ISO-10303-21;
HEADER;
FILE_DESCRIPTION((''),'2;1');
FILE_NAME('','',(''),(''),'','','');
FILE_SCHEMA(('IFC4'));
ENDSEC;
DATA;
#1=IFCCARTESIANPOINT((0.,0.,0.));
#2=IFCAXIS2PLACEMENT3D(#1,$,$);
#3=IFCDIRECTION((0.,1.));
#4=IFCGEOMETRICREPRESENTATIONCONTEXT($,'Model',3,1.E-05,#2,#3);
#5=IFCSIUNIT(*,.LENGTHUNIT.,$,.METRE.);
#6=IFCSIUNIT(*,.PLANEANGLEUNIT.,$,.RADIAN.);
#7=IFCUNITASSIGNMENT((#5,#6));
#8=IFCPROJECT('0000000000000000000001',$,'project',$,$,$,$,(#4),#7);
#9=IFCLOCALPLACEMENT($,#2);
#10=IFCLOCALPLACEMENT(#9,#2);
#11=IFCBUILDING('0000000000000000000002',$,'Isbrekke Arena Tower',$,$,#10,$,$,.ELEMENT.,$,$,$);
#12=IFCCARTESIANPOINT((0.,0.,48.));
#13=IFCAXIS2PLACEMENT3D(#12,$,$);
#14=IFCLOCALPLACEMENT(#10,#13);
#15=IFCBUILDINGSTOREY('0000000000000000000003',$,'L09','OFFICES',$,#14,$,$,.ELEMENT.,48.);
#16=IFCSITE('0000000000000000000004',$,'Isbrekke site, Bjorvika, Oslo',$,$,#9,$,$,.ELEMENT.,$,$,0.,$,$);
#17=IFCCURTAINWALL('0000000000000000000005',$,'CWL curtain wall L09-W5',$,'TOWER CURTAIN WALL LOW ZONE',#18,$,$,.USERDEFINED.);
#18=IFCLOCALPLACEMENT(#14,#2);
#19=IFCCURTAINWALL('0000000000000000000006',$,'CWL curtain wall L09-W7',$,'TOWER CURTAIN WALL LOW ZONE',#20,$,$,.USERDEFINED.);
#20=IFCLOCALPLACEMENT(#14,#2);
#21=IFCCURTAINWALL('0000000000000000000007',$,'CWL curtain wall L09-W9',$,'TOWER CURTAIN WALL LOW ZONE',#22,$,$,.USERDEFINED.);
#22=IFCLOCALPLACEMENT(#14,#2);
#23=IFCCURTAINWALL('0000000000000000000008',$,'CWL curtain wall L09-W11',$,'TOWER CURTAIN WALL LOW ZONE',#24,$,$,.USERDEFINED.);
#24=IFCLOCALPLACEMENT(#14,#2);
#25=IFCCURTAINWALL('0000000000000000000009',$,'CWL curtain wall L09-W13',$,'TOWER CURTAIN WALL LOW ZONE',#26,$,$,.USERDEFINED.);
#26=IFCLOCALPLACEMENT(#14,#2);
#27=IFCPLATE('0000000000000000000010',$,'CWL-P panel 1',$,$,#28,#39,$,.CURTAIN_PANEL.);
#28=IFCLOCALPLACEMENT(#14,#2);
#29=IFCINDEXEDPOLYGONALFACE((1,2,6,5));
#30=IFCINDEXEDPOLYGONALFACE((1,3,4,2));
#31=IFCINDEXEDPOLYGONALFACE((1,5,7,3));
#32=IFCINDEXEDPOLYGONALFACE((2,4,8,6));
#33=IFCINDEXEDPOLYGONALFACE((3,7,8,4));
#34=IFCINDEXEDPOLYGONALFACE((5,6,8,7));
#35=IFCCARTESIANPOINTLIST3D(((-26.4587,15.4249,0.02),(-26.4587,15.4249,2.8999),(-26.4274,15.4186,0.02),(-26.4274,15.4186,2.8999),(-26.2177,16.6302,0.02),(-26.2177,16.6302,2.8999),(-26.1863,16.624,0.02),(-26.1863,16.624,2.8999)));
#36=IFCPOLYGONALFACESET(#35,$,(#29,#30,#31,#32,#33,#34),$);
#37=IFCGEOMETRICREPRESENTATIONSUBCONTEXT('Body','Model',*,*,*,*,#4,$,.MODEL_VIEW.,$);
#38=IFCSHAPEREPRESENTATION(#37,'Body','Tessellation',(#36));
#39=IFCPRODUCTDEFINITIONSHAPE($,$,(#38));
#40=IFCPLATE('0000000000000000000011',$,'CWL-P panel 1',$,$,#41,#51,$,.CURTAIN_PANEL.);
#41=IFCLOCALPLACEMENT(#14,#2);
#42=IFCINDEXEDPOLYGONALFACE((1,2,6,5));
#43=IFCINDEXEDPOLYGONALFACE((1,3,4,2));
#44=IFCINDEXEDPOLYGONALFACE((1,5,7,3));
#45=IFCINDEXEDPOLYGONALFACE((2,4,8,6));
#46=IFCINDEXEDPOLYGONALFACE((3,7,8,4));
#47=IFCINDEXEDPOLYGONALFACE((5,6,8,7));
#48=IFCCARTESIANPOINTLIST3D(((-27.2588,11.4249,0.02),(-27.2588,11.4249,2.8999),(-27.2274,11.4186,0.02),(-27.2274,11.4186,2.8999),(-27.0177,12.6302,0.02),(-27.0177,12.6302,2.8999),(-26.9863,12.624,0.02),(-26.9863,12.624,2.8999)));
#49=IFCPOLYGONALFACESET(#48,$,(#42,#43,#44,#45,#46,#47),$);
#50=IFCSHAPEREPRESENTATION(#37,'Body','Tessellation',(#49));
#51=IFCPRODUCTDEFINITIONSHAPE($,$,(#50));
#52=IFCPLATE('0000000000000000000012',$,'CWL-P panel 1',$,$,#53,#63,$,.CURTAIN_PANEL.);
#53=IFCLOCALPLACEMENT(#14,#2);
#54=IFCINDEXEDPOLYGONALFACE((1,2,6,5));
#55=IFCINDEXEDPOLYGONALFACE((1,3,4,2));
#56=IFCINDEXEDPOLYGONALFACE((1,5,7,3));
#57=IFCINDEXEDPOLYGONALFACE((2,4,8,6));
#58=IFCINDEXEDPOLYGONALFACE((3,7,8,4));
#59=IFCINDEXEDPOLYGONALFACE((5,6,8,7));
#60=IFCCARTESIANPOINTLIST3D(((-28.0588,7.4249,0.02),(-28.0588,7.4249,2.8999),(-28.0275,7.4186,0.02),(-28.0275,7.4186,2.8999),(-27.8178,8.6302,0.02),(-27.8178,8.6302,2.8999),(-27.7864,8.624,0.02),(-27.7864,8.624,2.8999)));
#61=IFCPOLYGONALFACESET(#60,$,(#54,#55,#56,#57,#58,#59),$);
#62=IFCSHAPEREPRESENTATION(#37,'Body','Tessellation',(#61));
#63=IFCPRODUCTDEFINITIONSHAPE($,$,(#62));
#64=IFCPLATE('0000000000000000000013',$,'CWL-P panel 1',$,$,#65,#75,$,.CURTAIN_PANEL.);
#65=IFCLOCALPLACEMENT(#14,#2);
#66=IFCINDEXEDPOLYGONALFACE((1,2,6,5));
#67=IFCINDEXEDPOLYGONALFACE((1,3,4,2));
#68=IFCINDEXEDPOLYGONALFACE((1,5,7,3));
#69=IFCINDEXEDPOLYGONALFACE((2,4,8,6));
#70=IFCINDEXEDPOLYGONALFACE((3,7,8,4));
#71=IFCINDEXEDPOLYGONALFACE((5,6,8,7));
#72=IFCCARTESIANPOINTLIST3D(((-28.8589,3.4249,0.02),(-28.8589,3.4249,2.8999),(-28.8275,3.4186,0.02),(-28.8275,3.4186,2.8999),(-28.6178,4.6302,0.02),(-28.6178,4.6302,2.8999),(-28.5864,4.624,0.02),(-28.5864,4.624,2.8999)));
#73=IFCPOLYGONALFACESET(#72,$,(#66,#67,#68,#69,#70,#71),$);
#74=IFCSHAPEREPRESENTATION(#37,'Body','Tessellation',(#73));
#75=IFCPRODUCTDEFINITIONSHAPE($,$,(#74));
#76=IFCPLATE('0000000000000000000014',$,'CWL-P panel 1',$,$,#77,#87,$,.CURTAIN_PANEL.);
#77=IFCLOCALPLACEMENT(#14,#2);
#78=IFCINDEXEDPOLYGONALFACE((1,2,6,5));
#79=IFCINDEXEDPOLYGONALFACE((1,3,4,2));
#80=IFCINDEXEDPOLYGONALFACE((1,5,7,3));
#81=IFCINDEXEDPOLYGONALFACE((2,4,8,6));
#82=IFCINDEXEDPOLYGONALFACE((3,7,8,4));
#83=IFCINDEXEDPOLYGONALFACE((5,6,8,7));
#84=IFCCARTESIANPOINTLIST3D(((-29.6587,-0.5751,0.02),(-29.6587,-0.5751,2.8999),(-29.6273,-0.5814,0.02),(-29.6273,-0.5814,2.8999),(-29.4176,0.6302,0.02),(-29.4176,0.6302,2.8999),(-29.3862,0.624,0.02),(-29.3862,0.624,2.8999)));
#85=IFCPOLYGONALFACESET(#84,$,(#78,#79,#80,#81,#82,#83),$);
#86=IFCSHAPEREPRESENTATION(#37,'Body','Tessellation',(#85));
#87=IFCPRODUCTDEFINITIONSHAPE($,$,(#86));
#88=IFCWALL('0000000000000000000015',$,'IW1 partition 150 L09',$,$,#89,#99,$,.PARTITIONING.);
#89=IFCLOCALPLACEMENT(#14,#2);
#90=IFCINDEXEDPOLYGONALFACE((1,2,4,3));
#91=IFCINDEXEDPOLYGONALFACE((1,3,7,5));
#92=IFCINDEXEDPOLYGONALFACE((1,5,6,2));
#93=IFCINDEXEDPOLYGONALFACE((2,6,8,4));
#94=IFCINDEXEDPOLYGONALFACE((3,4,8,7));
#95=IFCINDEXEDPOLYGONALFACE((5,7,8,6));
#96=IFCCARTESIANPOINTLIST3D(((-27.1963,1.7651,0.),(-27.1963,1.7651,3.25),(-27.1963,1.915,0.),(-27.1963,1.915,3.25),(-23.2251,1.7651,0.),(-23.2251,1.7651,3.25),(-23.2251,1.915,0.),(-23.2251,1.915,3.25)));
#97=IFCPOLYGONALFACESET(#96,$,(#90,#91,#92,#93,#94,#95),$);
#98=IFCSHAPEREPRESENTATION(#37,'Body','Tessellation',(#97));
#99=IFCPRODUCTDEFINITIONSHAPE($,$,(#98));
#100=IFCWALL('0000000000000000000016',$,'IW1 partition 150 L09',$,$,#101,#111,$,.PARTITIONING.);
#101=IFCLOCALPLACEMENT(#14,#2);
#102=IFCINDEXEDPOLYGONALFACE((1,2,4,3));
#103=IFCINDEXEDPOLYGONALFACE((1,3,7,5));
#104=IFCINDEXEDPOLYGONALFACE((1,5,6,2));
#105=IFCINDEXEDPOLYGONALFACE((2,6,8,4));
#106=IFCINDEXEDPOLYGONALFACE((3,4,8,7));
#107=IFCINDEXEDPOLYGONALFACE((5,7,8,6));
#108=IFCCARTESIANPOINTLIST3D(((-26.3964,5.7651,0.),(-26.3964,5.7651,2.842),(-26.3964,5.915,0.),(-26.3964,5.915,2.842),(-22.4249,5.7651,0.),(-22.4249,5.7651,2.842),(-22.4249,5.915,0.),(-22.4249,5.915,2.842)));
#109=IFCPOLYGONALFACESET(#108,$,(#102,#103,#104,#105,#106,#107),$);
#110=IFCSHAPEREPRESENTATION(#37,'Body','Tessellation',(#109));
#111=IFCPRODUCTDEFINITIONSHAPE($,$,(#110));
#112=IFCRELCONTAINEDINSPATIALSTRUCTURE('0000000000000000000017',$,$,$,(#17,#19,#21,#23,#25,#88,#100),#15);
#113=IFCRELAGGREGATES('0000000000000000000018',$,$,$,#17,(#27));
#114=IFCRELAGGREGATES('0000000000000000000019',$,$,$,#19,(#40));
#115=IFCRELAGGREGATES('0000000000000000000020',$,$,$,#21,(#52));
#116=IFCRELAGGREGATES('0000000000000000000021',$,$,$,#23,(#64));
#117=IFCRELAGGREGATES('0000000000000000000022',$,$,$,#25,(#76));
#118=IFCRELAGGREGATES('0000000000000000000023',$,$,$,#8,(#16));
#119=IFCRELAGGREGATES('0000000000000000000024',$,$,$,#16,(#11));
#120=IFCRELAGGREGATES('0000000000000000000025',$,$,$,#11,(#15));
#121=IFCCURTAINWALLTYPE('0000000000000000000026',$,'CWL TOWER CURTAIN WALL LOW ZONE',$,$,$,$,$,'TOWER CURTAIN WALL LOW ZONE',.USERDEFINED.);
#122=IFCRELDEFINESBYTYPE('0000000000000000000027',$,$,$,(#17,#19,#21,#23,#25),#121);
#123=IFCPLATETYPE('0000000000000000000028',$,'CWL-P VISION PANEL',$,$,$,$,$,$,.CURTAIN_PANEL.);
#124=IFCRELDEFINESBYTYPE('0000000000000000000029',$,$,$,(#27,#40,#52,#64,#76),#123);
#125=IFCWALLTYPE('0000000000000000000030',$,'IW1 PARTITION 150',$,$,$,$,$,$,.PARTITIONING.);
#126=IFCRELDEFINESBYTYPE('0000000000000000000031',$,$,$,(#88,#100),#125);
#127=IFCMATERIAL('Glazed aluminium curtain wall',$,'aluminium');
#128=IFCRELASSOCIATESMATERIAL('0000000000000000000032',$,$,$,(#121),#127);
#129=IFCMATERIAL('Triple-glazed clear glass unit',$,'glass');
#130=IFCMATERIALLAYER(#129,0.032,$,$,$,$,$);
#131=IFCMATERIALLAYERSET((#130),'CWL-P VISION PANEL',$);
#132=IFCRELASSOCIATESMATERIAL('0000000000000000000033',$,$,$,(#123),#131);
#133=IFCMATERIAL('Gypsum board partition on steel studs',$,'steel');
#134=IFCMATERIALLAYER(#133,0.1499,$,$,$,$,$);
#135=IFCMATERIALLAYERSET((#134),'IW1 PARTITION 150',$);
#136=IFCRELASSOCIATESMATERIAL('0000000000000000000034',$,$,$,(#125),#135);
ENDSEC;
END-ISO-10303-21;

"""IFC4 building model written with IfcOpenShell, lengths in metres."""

from ifc_helpers import new_model, si_unit, direction, frame, frame_2d, origin, origin_2d, place, context, subcontext, project, spatial, rectangle, extrude, material, layer, layer_set, type_object, element, aggregate, save


model = new_model("IFC4")

# Units and contexts
model_context = context("Model", 3, precision=1e-05, world=origin(), true_north=direction((0.0, 1.0)))
body_context = subcontext(model_context, "Body", "Model", "MODEL_VIEW")
ifc_project = project(units=[si_unit("LENGTHUNIT", "METRE"), si_unit("PLANEANGLEUNIT", "RADIAN")], contexts=[model_context])

# Site, building, storey
site_placement = place(None, origin())
site = spatial("IfcSite", under=ifc_project, at=site_placement, Name="Isbrekke site, Bjorvika, Oslo", CompositionType="ELEMENT", RefElevation=0.0)
building_placement = place(site_placement, origin())
building = spatial("IfcBuilding", under=site, at=building_placement, Name="Isbrekke Arena Tower", CompositionType="ELEMENT")
storey_placement = place(building_placement, frame((0.0, 0.0, 48.0)))
storey = spatial("IfcBuildingStorey", under=building, at=storey_placement, Name="L09", Description="OFFICES", CompositionType="ELEMENT", Elevation=48.0)

# Curtain walls
ifc_material_1 = material(Name="Glazed aluminium curtain wall", Category="aluminium")
curtain_wall_type = type_object("IfcCurtainWallType", Name="CWL TOWER CURTAIN WALL LOW ZONE", ElementType="TOWER CURTAIN WALL LOW ZONE", PredefinedType="USERDEFINED", material=ifc_material_1)
curtain_wall_1_placement = place(storey_placement, origin())
curtain_wall_1 = element("IfcCurtainWall", 1, at=curtain_wall_1_placement, inside=storey, type_object=curtain_wall_type, Name="CWL curtain wall L09-W5", ObjectType="TOWER CURTAIN WALL LOW ZONE", PredefinedType="USERDEFINED")
curtain_wall_2_placement = place(storey_placement, origin())
curtain_wall_2 = element("IfcCurtainWall", 2, at=curtain_wall_2_placement, inside=storey, type_object=curtain_wall_type, Name="CWL curtain wall L09-W7", ObjectType="TOWER CURTAIN WALL LOW ZONE", PredefinedType="USERDEFINED")
curtain_wall_3_placement = place(storey_placement, origin())
curtain_wall_3 = element("IfcCurtainWall", 3, at=curtain_wall_3_placement, inside=storey, type_object=curtain_wall_type, Name="CWL curtain wall L09-W9", ObjectType="TOWER CURTAIN WALL LOW ZONE", PredefinedType="USERDEFINED")
curtain_wall_4_placement = place(storey_placement, origin())
curtain_wall_4 = element("IfcCurtainWall", 4, at=curtain_wall_4_placement, inside=storey, type_object=curtain_wall_type, Name="CWL curtain wall L09-W11", ObjectType="TOWER CURTAIN WALL LOW ZONE", PredefinedType="USERDEFINED")

# Curtain wall
curtain_wall_5_placement = place(storey_placement, origin())
curtain_wall_5 = element("IfcCurtainWall", 5, at=curtain_wall_5_placement, inside=storey, type_object=curtain_wall_type, Name="CWL curtain wall L09-W13", ObjectType="TOWER CURTAIN WALL LOW ZONE", PredefinedType="USERDEFINED")

# Plates
ifc_material_2 = material(Name="Triple-glazed clear glass unit", Category="glass")
ifc_layer_1 = layer(ifc_material_2, 0.032)
ifc_layer_set_1 = layer_set([ifc_layer_1], Name="CWL-P VISION PANEL")
plate_type = type_object("IfcPlateType", Name="CWL-P VISION PANEL", PredefinedType="CURTAIN_PANEL", material=ifc_layer_set_1)
plate_1_placement = place(storey_placement, frame((-26.3225, 16.0244, 0.02), z_axis=(0.0, 0.0, 1.0), x_axis=(-0.196116, -0.980581, 0.0)))
plate_1 = element("IfcPlate", 6, at=plate_1_placement, type_object=plate_type, Name="CWL-P panel 1", PredefinedType="CURTAIN_PANEL", context=body_context, shape_type="SweptSolid", body=[
    extrude(rectangle(XDim=1.2292, YDim=0.032, at=origin_2d()), origin(), (0.0, 0.0, 1.0), 2.8799),
])
aggregate(curtain_wall_1, [plate_1])
plate_2_placement = place(storey_placement, frame((-27.1226, 12.0244, 0.02), z_axis=(0.0, 0.0, 1.0), x_axis=(-0.196116, -0.980581, 0.0)))
plate_2 = element("IfcPlate", 7, at=plate_2_placement, type_object=plate_type, Name="CWL-P panel 1", PredefinedType="CURTAIN_PANEL", context=body_context, shape_type="SweptSolid", body=[
    extrude(rectangle(XDim=1.2292, YDim=0.032, at=origin_2d()), origin(), (0.0, 0.0, 1.0), 2.8799),
])
aggregate(curtain_wall_2, [plate_2])
plate_3_placement = place(storey_placement, frame((-27.9226, 8.0244, 0.02), z_axis=(0.0, 0.0, 1.0), x_axis=(-0.196116, -0.980581, 0.0)))
plate_3 = element("IfcPlate", 8, at=plate_3_placement, type_object=plate_type, Name="CWL-P panel 1", PredefinedType="CURTAIN_PANEL", context=body_context, shape_type="SweptSolid", body=[
    extrude(rectangle(XDim=1.2292, YDim=0.032, at=origin_2d()), origin(), (0.0, 0.0, 1.0), 2.8799),
])
aggregate(curtain_wall_3, [plate_3])
plate_4_placement = place(storey_placement, frame((-28.7227, 4.0244, 0.02), z_axis=(0.0, 0.0, 1.0), x_axis=(-0.196116, -0.980581, 0.0)))
plate_4 = element("IfcPlate", 9, at=plate_4_placement, type_object=plate_type, Name="CWL-P panel 1", PredefinedType="CURTAIN_PANEL", context=body_context, shape_type="SweptSolid", body=[
    extrude(rectangle(XDim=1.2292, YDim=0.032, at=origin_2d()), origin(), (0.0, 0.0, 1.0), 2.8799),
])
aggregate(curtain_wall_4, [plate_4])
plate_5_placement = place(storey_placement, frame((-29.5225, 0.0244, 0.02), z_axis=(0.0, 0.0, 1.0), x_axis=(-0.196116, -0.980581, 0.0)))
plate_5 = element("IfcPlate", 10, at=plate_5_placement, type_object=plate_type, Name="CWL-P panel 1", PredefinedType="CURTAIN_PANEL", context=body_context, shape_type="SweptSolid", body=[
    extrude(rectangle(XDim=1.2292, YDim=0.032, at=origin_2d()), origin(), (0.0, 0.0, 1.0), 2.8799),
])
aggregate(curtain_wall_5, [plate_5])

# Walls
ifc_material_3 = material(Name="Gypsum board partition on steel studs", Category="steel")
ifc_layer_2 = layer(ifc_material_3, 0.1499)
ifc_layer_set_2 = layer_set([ifc_layer_2], Name="IW1 PARTITION 150")
wall_type = type_object("IfcWallType", Name="IW1 PARTITION 150", PredefinedType="PARTITIONING", material=ifc_layer_set_2)
wall_1_placement = place(storey_placement, frame((-27.1963, 1.8401, 0.0), z_axis=(0.0, 0.0, 1.0), x_axis=(1.0, 0.0, 0.0)))
element("IfcWall", 11, at=wall_1_placement, inside=storey, type_object=wall_type, Name="IW1 partition 150 L09", PredefinedType="PARTITIONING", context=body_context, shape_type="SweptSolid", body=[
    extrude(rectangle(XDim=3.9712, YDim=0.1499, at=frame_2d((1.9856, 0.0))), origin(), (0.0, 0.0, 1.0), 3.25),
])
wall_2_placement = place(storey_placement, frame((-26.3965, 5.8401, 0.0), z_axis=(0.0, 0.0, 1.0), x_axis=(1.0, 0.0, 0.0)))
element("IfcWall", 12, at=wall_2_placement, inside=storey, type_object=wall_type, Name="IW1 partition 150 L09", PredefinedType="PARTITIONING", context=body_context, shape_type="SweptSolid", body=[
    extrude(rectangle(XDim=3.9714, YDim=0.1499, at=frame_2d((1.9858, 0.0))), origin(), (0.0, 0.0, 1.0), 2.842),
])

save(model, "model.ifc")
